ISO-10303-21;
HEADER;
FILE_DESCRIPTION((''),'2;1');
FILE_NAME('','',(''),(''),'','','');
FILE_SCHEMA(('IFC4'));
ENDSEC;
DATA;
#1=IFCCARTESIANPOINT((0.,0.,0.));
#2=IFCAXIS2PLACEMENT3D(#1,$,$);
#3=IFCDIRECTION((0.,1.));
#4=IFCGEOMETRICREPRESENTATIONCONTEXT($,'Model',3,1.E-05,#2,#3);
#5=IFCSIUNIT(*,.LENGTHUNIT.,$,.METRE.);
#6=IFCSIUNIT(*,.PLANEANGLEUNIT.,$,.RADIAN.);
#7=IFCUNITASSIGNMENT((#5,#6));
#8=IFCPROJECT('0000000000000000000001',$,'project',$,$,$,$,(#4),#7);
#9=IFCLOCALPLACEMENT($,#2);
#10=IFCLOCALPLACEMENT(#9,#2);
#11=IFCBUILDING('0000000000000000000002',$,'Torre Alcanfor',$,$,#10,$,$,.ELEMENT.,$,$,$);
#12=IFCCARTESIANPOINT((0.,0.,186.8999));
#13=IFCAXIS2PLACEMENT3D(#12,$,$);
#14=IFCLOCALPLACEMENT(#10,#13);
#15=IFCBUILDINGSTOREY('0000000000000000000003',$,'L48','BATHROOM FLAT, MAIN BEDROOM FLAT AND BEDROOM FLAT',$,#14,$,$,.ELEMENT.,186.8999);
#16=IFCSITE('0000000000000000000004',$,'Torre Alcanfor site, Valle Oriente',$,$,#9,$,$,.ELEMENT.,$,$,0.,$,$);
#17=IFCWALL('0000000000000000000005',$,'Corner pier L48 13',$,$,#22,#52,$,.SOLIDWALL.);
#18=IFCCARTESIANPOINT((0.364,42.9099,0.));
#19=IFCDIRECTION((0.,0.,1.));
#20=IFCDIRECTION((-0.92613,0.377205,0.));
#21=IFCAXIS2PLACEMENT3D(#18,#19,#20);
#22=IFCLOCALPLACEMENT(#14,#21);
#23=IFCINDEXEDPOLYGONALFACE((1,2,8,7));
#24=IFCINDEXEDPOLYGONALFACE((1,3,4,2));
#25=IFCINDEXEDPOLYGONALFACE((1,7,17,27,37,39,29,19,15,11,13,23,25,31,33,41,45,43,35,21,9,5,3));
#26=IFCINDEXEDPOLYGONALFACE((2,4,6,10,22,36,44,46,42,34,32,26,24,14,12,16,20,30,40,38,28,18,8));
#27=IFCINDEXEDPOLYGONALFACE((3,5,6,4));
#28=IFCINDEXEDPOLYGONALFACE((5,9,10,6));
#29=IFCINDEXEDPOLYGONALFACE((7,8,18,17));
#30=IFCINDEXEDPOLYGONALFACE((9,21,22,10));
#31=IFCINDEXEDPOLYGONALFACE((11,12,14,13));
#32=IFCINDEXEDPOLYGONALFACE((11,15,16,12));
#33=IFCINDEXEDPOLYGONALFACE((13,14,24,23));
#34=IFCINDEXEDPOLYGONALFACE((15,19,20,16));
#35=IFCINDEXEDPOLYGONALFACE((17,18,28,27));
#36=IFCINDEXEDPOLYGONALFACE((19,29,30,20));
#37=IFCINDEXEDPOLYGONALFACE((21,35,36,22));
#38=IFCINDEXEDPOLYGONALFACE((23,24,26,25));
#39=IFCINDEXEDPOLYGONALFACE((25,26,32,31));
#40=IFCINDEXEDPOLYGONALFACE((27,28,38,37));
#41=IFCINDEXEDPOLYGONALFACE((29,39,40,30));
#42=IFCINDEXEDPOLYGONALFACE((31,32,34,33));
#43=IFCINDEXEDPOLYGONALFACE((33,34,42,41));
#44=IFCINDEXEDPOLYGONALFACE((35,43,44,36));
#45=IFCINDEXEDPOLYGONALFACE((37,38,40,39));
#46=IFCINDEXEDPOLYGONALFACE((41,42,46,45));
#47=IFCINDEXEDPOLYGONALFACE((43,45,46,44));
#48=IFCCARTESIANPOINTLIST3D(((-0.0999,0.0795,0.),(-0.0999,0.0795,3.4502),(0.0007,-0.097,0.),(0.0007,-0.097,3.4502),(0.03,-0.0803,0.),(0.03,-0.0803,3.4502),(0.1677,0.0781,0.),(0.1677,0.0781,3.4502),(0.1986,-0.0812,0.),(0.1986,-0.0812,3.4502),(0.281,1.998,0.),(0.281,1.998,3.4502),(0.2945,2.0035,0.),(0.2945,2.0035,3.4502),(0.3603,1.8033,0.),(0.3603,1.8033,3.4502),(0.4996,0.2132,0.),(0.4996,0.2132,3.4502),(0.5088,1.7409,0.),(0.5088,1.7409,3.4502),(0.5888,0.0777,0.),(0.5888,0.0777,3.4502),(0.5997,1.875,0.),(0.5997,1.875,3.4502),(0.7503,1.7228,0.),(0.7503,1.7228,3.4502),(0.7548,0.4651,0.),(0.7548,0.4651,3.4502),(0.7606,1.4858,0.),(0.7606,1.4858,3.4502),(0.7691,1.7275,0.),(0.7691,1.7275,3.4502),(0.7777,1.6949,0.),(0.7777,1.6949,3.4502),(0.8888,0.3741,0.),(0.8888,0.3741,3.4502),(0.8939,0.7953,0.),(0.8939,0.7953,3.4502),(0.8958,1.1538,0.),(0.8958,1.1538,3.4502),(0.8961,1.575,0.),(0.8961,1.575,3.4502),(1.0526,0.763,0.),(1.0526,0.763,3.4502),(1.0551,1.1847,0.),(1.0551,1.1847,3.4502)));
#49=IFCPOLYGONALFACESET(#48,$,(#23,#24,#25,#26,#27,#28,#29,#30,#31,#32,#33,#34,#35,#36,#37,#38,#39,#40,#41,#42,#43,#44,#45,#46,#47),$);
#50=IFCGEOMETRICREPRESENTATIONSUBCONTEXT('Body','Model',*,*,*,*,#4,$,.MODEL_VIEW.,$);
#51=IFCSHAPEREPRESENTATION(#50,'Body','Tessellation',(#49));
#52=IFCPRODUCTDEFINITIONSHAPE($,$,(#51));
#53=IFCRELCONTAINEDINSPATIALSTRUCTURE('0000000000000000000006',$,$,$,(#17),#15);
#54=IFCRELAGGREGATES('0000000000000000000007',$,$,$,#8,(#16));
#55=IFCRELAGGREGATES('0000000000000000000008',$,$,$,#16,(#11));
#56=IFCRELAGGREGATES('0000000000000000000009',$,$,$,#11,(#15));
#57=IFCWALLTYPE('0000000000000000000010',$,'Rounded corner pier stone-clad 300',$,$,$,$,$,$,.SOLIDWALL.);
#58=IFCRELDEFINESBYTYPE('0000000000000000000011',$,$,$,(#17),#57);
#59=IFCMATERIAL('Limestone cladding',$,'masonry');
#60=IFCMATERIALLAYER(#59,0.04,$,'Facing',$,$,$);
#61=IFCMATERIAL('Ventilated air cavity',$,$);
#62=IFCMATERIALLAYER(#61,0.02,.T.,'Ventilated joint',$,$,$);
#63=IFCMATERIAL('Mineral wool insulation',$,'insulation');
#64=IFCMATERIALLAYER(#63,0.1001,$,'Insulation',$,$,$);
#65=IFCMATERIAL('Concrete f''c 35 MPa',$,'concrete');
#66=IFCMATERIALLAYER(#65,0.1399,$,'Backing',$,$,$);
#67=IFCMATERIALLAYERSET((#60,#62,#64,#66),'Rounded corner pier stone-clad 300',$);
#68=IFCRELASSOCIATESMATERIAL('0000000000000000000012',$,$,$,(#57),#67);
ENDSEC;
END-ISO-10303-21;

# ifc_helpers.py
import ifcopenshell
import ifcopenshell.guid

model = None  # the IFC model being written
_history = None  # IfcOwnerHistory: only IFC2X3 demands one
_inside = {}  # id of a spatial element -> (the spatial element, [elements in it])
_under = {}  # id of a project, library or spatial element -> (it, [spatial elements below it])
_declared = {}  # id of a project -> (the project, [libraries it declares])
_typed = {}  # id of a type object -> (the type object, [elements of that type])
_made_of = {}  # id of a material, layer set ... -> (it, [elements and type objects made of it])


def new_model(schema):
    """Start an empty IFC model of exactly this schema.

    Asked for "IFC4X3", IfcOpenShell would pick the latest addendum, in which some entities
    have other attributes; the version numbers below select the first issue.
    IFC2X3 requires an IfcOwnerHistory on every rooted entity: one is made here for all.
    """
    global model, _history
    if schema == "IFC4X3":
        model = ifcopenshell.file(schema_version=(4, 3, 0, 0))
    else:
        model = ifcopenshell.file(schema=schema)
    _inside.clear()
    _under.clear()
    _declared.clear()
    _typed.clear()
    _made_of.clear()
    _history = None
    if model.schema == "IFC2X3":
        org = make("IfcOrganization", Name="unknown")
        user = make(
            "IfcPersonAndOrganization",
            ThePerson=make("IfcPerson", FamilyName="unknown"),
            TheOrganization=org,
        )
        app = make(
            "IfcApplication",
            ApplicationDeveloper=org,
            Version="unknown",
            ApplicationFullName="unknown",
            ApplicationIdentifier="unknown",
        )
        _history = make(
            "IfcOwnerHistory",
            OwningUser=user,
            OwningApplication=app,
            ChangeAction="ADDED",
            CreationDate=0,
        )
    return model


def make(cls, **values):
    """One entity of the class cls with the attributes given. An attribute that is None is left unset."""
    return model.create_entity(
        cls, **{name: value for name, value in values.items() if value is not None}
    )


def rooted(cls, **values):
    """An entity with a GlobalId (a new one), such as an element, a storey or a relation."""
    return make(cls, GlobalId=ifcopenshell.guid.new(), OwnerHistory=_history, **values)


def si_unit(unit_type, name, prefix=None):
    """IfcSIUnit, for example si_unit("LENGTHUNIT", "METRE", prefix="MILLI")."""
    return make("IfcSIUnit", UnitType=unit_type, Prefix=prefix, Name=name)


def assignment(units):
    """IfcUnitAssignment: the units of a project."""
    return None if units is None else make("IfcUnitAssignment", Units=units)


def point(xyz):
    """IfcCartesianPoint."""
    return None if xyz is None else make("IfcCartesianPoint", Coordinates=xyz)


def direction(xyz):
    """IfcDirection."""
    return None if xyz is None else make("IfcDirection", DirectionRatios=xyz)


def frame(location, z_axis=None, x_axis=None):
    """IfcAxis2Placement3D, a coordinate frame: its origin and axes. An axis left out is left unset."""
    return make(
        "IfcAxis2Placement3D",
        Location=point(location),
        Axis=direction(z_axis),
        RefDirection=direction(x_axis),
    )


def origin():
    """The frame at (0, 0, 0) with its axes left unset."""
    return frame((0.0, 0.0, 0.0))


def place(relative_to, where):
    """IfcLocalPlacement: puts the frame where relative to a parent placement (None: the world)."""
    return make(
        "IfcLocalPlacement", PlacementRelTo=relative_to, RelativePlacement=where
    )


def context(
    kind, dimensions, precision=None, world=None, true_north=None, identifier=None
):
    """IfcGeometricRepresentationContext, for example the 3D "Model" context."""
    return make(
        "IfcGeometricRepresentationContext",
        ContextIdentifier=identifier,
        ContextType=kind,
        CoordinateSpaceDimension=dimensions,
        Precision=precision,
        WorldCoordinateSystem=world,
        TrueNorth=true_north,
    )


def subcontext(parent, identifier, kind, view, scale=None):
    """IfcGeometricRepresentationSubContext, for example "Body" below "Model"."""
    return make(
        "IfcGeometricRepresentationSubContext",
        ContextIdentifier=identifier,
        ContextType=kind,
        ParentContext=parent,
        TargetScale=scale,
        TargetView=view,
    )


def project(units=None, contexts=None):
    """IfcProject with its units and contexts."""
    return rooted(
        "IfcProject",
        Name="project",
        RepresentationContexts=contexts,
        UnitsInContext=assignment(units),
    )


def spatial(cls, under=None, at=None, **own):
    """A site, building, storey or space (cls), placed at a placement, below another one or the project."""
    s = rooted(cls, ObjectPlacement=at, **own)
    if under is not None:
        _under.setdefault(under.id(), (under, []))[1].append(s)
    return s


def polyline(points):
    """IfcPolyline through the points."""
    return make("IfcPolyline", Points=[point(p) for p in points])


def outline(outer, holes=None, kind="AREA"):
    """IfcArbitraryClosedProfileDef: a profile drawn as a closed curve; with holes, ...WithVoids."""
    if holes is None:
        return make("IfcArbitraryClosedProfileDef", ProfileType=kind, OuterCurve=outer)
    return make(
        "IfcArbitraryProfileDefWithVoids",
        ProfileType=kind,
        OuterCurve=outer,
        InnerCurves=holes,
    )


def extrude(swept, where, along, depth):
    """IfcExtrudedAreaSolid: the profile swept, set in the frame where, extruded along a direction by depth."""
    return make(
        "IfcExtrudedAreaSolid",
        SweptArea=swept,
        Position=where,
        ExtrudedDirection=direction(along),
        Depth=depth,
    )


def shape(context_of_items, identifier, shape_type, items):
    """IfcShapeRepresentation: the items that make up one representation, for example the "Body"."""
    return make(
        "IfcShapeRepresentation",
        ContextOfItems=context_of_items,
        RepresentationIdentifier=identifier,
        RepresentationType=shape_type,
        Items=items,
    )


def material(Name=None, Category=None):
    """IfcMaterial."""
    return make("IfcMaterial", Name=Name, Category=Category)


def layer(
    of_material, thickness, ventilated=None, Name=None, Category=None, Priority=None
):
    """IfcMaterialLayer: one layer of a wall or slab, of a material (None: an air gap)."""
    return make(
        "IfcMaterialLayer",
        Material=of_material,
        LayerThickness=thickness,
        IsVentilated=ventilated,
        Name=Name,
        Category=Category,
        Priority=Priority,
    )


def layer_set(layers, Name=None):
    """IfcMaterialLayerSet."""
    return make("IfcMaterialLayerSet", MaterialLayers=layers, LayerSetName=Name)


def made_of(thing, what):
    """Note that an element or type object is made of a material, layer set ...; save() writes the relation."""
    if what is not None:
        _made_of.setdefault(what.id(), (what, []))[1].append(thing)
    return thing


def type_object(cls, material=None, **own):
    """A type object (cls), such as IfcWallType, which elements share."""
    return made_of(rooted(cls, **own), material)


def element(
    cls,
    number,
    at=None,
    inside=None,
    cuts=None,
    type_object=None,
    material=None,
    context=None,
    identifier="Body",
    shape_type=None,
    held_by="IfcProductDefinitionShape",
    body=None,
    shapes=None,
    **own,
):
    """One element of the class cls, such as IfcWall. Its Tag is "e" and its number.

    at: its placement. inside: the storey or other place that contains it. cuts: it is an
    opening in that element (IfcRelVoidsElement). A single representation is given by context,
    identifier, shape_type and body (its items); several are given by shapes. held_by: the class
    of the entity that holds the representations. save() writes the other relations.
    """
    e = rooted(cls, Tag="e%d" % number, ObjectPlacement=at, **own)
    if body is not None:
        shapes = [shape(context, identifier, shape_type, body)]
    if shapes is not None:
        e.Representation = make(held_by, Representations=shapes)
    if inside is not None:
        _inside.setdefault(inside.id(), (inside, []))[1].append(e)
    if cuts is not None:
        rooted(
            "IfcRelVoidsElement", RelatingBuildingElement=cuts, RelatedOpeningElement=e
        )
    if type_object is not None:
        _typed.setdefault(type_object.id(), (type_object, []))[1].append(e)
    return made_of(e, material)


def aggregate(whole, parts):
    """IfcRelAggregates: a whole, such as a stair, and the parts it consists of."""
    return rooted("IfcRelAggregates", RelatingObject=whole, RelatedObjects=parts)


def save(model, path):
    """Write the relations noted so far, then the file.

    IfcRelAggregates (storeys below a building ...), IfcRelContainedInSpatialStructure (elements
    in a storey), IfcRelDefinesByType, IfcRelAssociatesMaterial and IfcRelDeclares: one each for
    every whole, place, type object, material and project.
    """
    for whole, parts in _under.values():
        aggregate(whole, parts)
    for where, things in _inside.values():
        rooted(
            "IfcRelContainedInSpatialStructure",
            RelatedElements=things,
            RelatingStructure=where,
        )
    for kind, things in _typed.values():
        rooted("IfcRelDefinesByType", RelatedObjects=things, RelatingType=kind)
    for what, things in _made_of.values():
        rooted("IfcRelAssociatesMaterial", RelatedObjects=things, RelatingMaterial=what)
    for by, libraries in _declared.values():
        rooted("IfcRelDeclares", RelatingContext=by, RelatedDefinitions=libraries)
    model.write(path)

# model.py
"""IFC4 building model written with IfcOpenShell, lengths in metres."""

from ifc_helpers import new_model, si_unit, direction, frame, origin, place, context, subcontext, project, spatial, polyline, outline, extrude, material, layer, layer_set, type_object, element, save


model = new_model("IFC4")

# Units and contexts
model_context = context("Model", 3, precision=1e-05, world=origin(), true_north=direction((0.0, 1.0)))
body_context = subcontext(model_context, "Body", "Model", "MODEL_VIEW")
ifc_project = project(units=[si_unit("LENGTHUNIT", "METRE"), si_unit("PLANEANGLEUNIT", "RADIAN")], contexts=[model_context])

# Site, building, storey
site_placement = place(None, origin())
site = spatial("IfcSite", under=ifc_project, at=site_placement, Name="Torre Alcanfor site, Valle Oriente", CompositionType="ELEMENT", RefElevation=0.0)
building_placement = place(site_placement, origin())
building = spatial("IfcBuilding", under=site, at=building_placement, Name="Torre Alcanfor", CompositionType="ELEMENT")
storey_placement = place(building_placement, frame((0.0, 0.0, 186.8999)))
storey = spatial("IfcBuildingStorey", under=building, at=storey_placement, Name="L48", Description="BATHROOM FLAT, MAIN BEDROOM FLAT AND BEDROOM FLAT", CompositionType="ELEMENT", Elevation=186.8999)

# Wall
ifc_material_1 = material(Name="Limestone cladding", Category="masonry")
ifc_layer_1 = layer(ifc_material_1, 0.04, Name="Facing")
ifc_material_2 = material(Name="Ventilated air cavity")
ifc_layer_2 = layer(ifc_material_2, 0.02, ventilated=True, Name="Ventilated joint")
ifc_material_3 = material(Name="Mineral wool insulation", Category="insulation")
ifc_layer_3 = layer(ifc_material_3, 0.1001, Name="Insulation")
ifc_material_4 = material(Name="Concrete f'c 35 MPa", Category="concrete")
ifc_layer_4 = layer(ifc_material_4, 0.1399, Name="Backing")
ifc_layer_set_1 = layer_set([ifc_layer_1, ifc_layer_2, ifc_layer_3, ifc_layer_4], Name="Rounded corner pier stone-clad 300")
wall_type_1 = type_object("IfcWallType", Name="Rounded corner pier stone-clad 300", PredefinedType="SOLIDWALL", material=ifc_layer_set_1)
wall_1_placement = place(storey_placement, frame((0.364, 42.9099, 0.0), z_axis=(0.0, 0.0, 1.0), x_axis=(-0.92613, 0.377205, 0.0)))
element("IfcWall", 1, at=wall_1_placement, inside=storey, type_object=wall_type_1, Name="Corner pier L48 13", PredefinedType="SOLIDWALL", context=body_context, shape_type="SweptSolid", body=[
    extrude(outline(polyline([(0.3603, 1.8033), (0.5088, 1.7409), (0.7606, 1.4858), (0.8958, 1.1538), (0.8939, 0.7953), (0.7548, 0.4651), (0.4996, 0.2132), (0.1677, 0.0781), (-0.0999, 0.0795), (0.0007, -0.097), (0.03, -0.0803), (0.1986, -0.0812), (0.5888, 0.0777), (0.8888, 0.3741), (1.0526, 0.763), (1.0551, 1.1847), (0.8961, 1.575), (0.7777, 1.6949), (0.7691, 1.7275), (0.7503, 1.7228), (0.5997, 1.875), (0.2945, 2.0035), (0.281, 1.998), (0.3603, 1.8033)])), origin(), (0.0, 0.0, 1.0), 3.4502),
])

save(model, "model.ifc")
